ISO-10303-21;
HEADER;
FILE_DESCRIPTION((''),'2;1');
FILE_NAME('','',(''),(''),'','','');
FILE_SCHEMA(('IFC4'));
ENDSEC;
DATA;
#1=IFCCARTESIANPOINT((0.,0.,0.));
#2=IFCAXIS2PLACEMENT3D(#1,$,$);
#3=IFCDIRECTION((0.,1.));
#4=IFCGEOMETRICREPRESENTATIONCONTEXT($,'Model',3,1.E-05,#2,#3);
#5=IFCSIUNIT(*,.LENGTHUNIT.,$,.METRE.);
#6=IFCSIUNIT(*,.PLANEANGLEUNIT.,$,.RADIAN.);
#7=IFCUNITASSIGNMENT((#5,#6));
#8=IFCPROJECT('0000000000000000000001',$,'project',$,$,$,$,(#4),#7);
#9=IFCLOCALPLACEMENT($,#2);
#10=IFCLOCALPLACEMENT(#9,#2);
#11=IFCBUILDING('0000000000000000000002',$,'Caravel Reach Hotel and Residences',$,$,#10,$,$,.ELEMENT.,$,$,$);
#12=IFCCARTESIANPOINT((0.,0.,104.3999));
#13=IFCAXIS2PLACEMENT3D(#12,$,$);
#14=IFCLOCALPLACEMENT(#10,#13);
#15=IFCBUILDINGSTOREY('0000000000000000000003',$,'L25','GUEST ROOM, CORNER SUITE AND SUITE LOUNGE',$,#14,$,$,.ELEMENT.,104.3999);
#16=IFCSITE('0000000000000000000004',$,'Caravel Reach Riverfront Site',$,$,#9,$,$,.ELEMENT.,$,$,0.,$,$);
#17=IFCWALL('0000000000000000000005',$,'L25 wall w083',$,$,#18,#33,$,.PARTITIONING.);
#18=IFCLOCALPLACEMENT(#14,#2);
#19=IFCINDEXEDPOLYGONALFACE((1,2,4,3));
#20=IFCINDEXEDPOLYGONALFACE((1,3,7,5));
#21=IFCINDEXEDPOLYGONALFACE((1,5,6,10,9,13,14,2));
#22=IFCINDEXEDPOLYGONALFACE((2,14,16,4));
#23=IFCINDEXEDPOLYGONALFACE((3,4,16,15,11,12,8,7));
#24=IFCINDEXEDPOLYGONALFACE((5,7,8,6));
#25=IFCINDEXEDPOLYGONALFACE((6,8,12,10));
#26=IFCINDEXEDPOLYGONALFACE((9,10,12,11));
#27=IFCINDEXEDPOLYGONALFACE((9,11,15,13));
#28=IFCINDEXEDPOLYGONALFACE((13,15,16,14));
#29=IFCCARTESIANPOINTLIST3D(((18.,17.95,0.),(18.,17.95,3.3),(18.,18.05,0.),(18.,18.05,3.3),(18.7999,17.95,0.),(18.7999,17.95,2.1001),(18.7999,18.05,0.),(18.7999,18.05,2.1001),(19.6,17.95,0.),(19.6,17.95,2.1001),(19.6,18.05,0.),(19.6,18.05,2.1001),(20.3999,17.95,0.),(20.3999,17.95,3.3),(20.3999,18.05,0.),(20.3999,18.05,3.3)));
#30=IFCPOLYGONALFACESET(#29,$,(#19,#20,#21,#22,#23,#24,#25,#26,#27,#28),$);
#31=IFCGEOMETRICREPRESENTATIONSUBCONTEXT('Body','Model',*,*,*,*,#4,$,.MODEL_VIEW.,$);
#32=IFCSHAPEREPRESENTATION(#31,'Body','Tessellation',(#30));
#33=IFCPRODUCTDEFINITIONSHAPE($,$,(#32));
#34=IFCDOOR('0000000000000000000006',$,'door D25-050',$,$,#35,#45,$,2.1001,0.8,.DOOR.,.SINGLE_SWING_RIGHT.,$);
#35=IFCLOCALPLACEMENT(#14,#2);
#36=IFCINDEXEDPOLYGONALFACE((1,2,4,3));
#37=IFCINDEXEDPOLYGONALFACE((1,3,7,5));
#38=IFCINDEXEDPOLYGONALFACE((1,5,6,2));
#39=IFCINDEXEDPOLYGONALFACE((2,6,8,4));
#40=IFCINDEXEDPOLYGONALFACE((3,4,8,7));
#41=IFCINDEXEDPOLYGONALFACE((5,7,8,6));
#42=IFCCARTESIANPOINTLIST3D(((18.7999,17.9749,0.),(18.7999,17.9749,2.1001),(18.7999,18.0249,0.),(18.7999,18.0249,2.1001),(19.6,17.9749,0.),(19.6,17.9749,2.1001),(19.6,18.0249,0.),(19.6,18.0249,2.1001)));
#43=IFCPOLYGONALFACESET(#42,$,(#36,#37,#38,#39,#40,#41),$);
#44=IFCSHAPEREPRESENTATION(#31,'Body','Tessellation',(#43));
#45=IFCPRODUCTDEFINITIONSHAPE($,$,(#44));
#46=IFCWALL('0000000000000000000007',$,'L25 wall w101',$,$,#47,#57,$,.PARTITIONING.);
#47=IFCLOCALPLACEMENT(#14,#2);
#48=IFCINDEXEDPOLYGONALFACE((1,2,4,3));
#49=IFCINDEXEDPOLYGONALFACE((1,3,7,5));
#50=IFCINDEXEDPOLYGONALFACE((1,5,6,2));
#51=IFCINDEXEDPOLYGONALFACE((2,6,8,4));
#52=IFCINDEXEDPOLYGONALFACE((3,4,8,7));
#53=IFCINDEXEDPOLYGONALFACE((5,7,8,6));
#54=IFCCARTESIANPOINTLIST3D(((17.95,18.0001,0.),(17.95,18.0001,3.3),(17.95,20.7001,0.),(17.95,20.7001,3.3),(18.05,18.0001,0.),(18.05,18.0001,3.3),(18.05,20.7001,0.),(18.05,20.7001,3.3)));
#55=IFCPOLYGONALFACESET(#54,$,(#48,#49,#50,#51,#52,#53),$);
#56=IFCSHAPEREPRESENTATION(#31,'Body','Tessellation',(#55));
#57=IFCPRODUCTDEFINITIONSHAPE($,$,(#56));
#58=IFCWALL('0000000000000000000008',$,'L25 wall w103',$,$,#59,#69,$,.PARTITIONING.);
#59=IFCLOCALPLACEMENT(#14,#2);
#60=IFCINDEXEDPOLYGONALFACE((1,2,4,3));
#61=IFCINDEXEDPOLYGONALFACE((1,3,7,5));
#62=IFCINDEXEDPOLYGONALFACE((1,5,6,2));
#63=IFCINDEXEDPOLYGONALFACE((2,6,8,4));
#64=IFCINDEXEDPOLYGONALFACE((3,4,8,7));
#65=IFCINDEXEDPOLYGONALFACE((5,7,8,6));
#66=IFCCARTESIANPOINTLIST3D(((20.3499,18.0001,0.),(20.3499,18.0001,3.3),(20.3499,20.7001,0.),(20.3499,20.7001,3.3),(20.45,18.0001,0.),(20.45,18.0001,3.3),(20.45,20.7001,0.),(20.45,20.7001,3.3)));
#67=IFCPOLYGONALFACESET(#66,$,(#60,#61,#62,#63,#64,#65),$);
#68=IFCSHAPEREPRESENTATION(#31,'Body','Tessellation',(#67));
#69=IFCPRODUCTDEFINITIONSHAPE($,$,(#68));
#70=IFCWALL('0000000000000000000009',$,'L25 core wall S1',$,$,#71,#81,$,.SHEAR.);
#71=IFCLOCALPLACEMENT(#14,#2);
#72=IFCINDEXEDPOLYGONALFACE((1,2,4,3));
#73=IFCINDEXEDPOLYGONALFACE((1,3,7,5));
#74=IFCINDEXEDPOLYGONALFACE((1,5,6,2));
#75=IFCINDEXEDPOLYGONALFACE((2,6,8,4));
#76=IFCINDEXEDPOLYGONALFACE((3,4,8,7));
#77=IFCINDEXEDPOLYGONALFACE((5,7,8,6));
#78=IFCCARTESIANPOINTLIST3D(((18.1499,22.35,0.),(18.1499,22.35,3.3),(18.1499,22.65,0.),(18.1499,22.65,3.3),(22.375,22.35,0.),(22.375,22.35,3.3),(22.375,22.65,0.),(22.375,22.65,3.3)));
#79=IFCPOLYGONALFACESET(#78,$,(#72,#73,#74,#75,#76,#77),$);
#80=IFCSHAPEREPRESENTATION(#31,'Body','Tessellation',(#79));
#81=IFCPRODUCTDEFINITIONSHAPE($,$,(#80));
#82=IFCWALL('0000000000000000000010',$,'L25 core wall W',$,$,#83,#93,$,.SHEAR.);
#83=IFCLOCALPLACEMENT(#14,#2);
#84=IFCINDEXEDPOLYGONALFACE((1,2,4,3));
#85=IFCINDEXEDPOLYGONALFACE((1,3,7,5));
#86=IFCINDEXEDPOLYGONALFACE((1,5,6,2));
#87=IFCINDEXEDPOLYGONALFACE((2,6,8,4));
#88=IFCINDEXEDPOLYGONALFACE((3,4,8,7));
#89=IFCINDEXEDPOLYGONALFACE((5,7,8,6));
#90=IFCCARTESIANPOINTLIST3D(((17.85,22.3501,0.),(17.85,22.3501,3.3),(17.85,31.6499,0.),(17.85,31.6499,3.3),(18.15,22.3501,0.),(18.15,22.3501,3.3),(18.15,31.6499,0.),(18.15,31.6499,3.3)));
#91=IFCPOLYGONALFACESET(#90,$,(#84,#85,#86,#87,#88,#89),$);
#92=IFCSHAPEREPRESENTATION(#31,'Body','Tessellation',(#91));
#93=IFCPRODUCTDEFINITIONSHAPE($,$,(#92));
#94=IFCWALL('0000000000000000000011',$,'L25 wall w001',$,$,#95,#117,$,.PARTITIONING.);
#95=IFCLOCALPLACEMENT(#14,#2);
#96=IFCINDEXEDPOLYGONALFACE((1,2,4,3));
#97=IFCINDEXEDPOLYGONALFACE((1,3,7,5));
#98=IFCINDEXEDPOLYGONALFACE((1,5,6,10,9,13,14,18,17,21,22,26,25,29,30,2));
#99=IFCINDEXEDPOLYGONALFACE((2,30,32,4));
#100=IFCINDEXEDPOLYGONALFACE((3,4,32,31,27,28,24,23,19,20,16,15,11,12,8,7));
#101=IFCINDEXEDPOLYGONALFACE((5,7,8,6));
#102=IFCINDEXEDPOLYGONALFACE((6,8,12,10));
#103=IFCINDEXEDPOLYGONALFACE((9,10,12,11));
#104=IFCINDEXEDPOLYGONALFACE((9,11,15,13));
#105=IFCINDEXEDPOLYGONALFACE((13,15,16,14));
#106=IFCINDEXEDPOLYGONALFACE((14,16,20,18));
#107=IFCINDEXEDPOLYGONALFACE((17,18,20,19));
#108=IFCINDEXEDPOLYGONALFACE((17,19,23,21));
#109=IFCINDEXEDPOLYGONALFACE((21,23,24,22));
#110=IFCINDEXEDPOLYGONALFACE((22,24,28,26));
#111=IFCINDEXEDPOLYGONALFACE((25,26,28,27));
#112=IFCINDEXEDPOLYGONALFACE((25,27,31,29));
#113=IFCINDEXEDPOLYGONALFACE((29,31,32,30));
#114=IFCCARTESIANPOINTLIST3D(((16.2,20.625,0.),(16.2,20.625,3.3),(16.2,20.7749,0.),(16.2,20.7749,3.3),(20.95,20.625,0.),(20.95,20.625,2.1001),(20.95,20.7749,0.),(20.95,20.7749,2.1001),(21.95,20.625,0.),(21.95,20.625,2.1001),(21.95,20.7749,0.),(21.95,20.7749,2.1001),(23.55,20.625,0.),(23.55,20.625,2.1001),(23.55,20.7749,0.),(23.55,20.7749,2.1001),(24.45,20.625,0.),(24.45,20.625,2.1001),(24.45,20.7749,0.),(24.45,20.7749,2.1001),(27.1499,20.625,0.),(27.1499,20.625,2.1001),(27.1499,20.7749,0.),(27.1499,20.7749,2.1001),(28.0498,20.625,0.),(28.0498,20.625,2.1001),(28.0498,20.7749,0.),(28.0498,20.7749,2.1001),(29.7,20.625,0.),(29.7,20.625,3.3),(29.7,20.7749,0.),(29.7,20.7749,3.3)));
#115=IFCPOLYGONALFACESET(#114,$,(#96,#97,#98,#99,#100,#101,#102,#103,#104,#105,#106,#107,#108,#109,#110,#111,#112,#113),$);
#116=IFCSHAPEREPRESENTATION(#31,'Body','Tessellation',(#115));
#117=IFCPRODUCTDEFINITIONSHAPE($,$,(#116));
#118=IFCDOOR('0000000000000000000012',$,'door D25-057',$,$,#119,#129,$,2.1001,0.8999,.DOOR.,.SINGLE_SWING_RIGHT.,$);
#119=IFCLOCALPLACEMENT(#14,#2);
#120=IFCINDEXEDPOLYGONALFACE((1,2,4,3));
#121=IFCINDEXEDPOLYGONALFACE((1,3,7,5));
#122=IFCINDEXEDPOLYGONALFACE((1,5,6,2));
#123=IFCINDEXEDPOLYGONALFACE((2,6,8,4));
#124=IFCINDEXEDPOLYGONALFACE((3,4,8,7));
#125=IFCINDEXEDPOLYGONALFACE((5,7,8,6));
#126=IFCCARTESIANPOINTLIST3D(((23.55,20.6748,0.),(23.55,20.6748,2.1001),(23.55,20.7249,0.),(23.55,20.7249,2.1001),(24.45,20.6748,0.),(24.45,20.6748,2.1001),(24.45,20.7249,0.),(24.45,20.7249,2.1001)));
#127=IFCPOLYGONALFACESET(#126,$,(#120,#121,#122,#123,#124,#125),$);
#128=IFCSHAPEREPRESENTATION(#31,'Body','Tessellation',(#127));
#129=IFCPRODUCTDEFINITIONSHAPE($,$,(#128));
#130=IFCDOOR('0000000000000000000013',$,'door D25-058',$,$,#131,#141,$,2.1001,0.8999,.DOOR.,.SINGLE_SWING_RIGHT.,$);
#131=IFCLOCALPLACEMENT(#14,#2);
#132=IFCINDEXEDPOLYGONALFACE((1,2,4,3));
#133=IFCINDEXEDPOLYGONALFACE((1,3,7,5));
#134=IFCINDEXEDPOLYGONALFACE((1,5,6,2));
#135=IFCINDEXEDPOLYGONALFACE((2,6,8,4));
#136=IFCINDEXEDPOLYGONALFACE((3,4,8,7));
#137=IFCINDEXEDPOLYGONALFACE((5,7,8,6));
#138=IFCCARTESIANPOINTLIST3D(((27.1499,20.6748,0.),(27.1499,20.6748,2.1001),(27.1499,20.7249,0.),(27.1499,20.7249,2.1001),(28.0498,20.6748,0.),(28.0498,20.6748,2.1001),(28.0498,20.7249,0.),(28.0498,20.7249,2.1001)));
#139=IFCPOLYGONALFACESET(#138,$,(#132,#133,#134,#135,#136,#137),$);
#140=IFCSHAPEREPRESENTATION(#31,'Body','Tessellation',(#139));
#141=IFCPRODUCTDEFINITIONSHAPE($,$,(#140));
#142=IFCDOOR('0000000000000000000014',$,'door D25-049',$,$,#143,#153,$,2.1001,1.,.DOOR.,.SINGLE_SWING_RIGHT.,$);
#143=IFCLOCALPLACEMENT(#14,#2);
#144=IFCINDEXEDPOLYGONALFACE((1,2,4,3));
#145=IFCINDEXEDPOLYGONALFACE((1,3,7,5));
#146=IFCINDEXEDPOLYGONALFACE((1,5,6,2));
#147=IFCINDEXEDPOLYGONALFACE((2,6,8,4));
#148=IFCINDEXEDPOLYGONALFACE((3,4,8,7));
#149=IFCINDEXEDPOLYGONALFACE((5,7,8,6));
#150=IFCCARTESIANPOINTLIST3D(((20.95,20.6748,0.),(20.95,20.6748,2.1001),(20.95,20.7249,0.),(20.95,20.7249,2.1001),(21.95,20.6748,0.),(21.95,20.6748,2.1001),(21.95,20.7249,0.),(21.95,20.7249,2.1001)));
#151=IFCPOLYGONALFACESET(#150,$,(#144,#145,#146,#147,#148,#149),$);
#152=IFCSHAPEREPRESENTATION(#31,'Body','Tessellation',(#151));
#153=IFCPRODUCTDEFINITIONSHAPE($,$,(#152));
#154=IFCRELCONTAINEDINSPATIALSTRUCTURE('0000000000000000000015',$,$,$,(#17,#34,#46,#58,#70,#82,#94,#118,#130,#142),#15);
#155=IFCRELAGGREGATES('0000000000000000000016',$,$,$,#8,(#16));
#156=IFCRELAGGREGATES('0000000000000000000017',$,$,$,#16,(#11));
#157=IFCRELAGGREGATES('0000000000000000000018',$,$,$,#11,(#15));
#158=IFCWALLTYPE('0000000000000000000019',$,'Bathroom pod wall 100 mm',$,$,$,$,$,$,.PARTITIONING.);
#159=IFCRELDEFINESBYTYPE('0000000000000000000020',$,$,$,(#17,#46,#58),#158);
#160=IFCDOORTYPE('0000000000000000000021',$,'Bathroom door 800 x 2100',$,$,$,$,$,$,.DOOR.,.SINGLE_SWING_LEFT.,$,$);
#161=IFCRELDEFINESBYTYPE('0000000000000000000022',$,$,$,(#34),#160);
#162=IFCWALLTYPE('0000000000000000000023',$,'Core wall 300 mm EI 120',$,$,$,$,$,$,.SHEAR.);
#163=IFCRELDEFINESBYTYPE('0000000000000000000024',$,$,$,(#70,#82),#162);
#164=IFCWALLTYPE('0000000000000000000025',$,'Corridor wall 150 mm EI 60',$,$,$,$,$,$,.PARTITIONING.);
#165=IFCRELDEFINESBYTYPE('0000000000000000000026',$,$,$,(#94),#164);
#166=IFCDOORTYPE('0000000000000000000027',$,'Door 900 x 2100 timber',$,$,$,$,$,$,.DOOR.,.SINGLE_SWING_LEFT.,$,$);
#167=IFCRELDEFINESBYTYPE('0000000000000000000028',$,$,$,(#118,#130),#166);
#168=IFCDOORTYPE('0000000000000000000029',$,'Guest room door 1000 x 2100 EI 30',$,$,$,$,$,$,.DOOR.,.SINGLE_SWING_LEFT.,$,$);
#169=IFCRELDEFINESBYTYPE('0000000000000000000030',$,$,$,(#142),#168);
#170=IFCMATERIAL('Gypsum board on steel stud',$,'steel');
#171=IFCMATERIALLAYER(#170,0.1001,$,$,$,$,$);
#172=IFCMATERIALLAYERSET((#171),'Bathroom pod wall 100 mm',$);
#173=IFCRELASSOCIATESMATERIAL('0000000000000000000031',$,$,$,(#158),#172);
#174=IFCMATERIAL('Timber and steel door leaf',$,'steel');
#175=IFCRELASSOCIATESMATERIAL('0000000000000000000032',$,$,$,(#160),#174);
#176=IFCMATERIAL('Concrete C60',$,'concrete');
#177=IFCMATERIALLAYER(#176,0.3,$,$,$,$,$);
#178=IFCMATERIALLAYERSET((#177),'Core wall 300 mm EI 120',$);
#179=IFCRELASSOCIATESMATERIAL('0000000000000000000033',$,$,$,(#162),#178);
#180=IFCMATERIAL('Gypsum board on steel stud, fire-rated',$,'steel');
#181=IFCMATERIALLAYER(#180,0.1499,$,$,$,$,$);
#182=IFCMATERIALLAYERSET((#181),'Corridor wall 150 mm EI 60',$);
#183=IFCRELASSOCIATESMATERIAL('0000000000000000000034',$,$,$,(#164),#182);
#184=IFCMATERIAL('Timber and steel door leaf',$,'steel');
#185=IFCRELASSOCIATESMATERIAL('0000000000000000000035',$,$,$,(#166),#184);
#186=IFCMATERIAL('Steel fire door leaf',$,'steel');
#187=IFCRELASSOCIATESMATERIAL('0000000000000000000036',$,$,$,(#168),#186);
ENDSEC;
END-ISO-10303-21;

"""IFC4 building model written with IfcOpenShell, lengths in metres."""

from ifc_helpers import new_model, si_unit, direction, frame, frame_2d, origin, place, context, subcontext, project, spatial, rectangle, extrude, material, layer, layer_set, type_object, element, fill, save


model = new_model("IFC4")

# Units and contexts
model_context = context("Model", 3, precision=1e-05, world=origin(), true_north=direction((0.0, 1.0)))
body_context = subcontext(model_context, "Body", "Model", "MODEL_VIEW")
ifc_project = project(units=[si_unit("LENGTHUNIT", "METRE"), si_unit("PLANEANGLEUNIT", "RADIAN")], contexts=[model_context])

# Site, building, storey
site_placement = place(None, origin())
site = spatial("IfcSite", under=ifc_project, at=site_placement, Name="Caravel Reach Riverfront Site", CompositionType="ELEMENT", RefElevation=0.0)
building_placement = place(site_placement, origin())
building = spatial("IfcBuilding", under=site, at=building_placement, Name="Caravel Reach Hotel and Residences", CompositionType="ELEMENT")
storey_placement = place(building_placement, frame((0.0, 0.0, 104.3999)))
storey = spatial("IfcBuildingStorey", under=building, at=storey_placement, Name="L25", Description="GUEST ROOM, CORNER SUITE AND SUITE LOUNGE", CompositionType="ELEMENT", Elevation=104.3999)

# Wall, opening, door
ifc_material_1 = material(Name="Gypsum board on steel stud", Category="steel")
ifc_layer_1 = layer(ifc_material_1, 0.1001)
ifc_layer_set_1 = layer_set([ifc_layer_1], Name="Bathroom pod wall 100 mm")
wall_type_1 = type_object("IfcWallType", Name="Bathroom pod wall 100 mm", PredefinedType="PARTITIONING", material=ifc_layer_set_1)
wall_1_placement = place(storey_placement, frame((18.0, 18.0, 0.0), z_axis=(0.0, 0.0, 1.0), x_axis=(1.0, 0.0, 0.0)))
wall_1 = element("IfcWall", 1, at=wall_1_placement, inside=storey, type_object=wall_type_1, Name="L25 wall w083", PredefinedType="PARTITIONING", context=body_context, shape_type="SweptSolid", body=[
    extrude(rectangle(XDim=2.3999, YDim=0.1001, at=frame_2d((1.2, 0.0))), origin(), (0.0, 0.0, 1.0), 3.3),
])
opening_1_placement = place(wall_1_placement, frame((0.8, 0.0, 0.0)))
opening_1 = element("IfcOpeningElement", 2, at=opening_1_placement, cuts=wall_1, PredefinedType="OPENING", context=body_context, shape_type="SweptSolid", body=[
    extrude(rectangle(XDim=0.8, YDim=2.1001, at=frame_2d((0.3999, 1.05))), frame((0.0, 0.0601, 0.0), z_axis=(0.0, -1.0, 0.0), x_axis=(1.0, 0.0, 0.0)), (0.0, 0.0, 1.0), 0.1201),
])
ifc_material_2 = material(Name="Timber and steel door leaf", Category="steel")
door_type_1 = type_object("IfcDoorType", Name="Bathroom door 800 x 2100", OperationType="SINGLE_SWING_LEFT", PredefinedType="DOOR", material=ifc_material_2)
door_1_placement = place(opening_1_placement, origin())
door_1 = element("IfcDoor", 3, at=door_1_placement, inside=storey, type_object=door_type_1, Name="door D25-050", OperationType="SINGLE_SWING_RIGHT", OverallHeight=2.1001, OverallWidth=0.8, PredefinedType="DOOR", context=body_context, shape_type="SweptSolid", body=[
    extrude(rectangle(XDim=0.8, YDim=2.1001, at=frame_2d((0.3999, 1.05))), frame((0.0, 0.0249, 0.0), z_axis=(0.0, -1.0, 0.0), x_axis=(1.0, 0.0, 0.0)), (0.0, 0.0, 1.0), 0.05),
])
fill(opening_1, door_1)

# Walls
for number, where, z_axis, x_axis, name in (
    (4, (18.0, 18.0, 0.0), (0.0, 0.0, 1.0), (0.0, 1.0, 0.0), "L25 wall w101"),
    (5, (20.3999, 18.0, 0.0), (0.0, 0.0, 1.0), (0.0, 1.0, 0.0), "L25 wall w103"),
):
    element("IfcWall", number, at=place(storey_placement, frame(where, z_axis=z_axis, x_axis=x_axis)), inside=storey, type_object=wall_type_1, Name=name, PredefinedType="PARTITIONING", context=body_context, shape_type="SweptSolid", body=[
        extrude(rectangle(XDim=2.7, YDim=0.1001, at=frame_2d((1.3501, 0.0))), origin(), (0.0, 0.0, 1.0), 3.3),
    ])
ifc_material_3 = material(Name="Concrete C60", Category="concrete")
ifc_layer_2 = layer(ifc_material_3, 0.3)
ifc_layer_set_2 = layer_set([ifc_layer_2], Name="Core wall 300 mm EI 120")
wall_type_2 = type_object("IfcWallType", Name="Core wall 300 mm EI 120", PredefinedType="SHEAR", material=ifc_layer_set_2)
wall_2_placement = place(storey_placement, frame((18.1499, 22.5, 0.0), z_axis=(0.0, 0.0, 1.0), x_axis=(1.0, 0.0, 0.0)))
element("IfcWall", 6, at=wall_2_placement, inside=storey, type_object=wall_type_2, Name="L25 core wall S1", PredefinedType="SHEAR", context=body_context, shape_type="SweptSolid", body=[
    extrude(rectangle(XDim=4.2251, YDim=0.3, at=frame_2d((2.1125, 0.0))), origin(), (0.0, 0.0, 1.0), 3.3),
])
wall_3_placement = place(storey_placement, frame((18.0, 22.3501, 0.0), z_axis=(0.0, 0.0, 1.0), x_axis=(0.0, 1.0, 0.0)))
element("IfcWall", 7, at=wall_3_placement, inside=storey, type_object=wall_type_2, Name="L25 core wall W", PredefinedType="SHEAR", context=body_context, shape_type="SweptSolid", body=[
    extrude(rectangle(XDim=9.2998, YDim=0.3, at=frame_2d((4.6499, 0.0))), origin(), (0.0, 0.0, 1.0), 3.3),
])

# Wall, openings, doors
ifc_material_4 = material(Name="Gypsum board on steel stud, fire-rated", Category="steel")
ifc_layer_3 = layer(ifc_material_4, 0.1499)
ifc_layer_set_3 = layer_set([ifc_layer_3], Name="Corridor wall 150 mm EI 60")
wall_type_3 = type_object("IfcWallType", Name="Corridor wall 150 mm EI 60", PredefinedType="PARTITIONING", material=ifc_layer_set_3)
wall_4_placement = place(storey_placement, frame((16.2, 20.7, 0.0), z_axis=(0.0, 0.0, 1.0), x_axis=(1.0, 0.0, 0.0)))
wall_4 = element("IfcWall", 8, at=wall_4_placement, inside=storey, type_object=wall_type_3, Name="L25 wall w001", PredefinedType="PARTITIONING", context=body_context, shape_type="SweptSolid", body=[
    extrude(rectangle(XDim=13.5, YDim=0.1499, at=frame_2d((6.75, 0.0))), origin(), (0.0, 0.0, 1.0), 3.3),
])
opening_2_placement = place(wall_4_placement, frame((4.75, 0.0, 0.0)))
opening_2 = element("IfcOpeningElement", 9, at=opening_2_placement, cuts=wall_4, PredefinedType="OPENING", context=body_context, shape_type="SweptSolid", body=[
    extrude(rectangle(XDim=1.0, YDim=2.1001, at=frame_2d((0.5, 1.05))), frame((0.0, 0.085, 0.0), z_axis=(0.0, -1.0, 0.0), x_axis=(1.0, 0.0, 0.0)), (0.0, 0.0, 1.0), 0.1699),
])
opening_3_placement = place(wall_4_placement, frame((7.3501, 0.0, 0.0)))
opening_3 = element("IfcOpeningElement", 10, at=opening_3_placement, cuts=wall_4, PredefinedType="OPENING", context=body_context, shape_type="SweptSolid", body=[
    extrude(rectangle(XDim=0.8999, YDim=2.1001, at=frame_2d((0.45, 1.05))), frame((0.0, 0.085, 0.0), z_axis=(0.0, -1.0, 0.0), x_axis=(1.0, 0.0, 0.0)), (0.0, 0.0, 1.0), 0.1699),
])
opening_4_placement = place(wall_4_placement, frame((10.95, 0.0, 0.0)))
opening_4 = element("IfcOpeningElement", 11, at=opening_4_placement, cuts=wall_4, PredefinedType="OPENING", context=body_context, shape_type="SweptSolid", body=[
    extrude(rectangle(XDim=0.8999, YDim=2.1001, at=frame_2d((0.45, 1.05))), frame((0.0, 0.085, 0.0), z_axis=(0.0, -1.0, 0.0), x_axis=(1.0, 0.0, 0.0)), (0.0, 0.0, 1.0), 0.1699),
])
ifc_material_5 = material(Name="Timber and steel door leaf", Category="steel")
door_type_2 = type_object("IfcDoorType", Name="Door 900 x 2100 timber", OperationType="SINGLE_SWING_LEFT", PredefinedType="DOOR", material=ifc_material_5)
door_2_placement = place(opening_3_placement, origin())
door_2 = element("IfcDoor", 12, at=door_2_placement, inside=storey, type_object=door_type_2, Name="door D25-057", OperationType="SINGLE_SWING_RIGHT", OverallHeight=2.1001, OverallWidth=0.8999, PredefinedType="DOOR", context=body_context, shape_type="SweptSolid", body=[
    extrude(rectangle(XDim=0.8999, YDim=2.1001, at=frame_2d((0.45, 1.05))), frame((0.0, 0.0249, 0.0), z_axis=(0.0, -1.0, 0.0), x_axis=(1.0, 0.0, 0.0)), (0.0, 0.0, 1.0), 0.05),
])
fill(opening_3, door_2)
door_3_placement = place(opening_4_placement, origin())
door_3 = element("IfcDoor", 13, at=door_3_placement, inside=storey, type_object=door_type_2, Name="door D25-058", OperationType="SINGLE_SWING_RIGHT", OverallHeight=2.1001, OverallWidth=0.8999, PredefinedType="DOOR", context=body_context, shape_type="SweptSolid", body=[
    extrude(rectangle(XDim=0.8999, YDim=2.1001, at=frame_2d((0.45, 1.05))), frame((0.0, 0.0249, 0.0), z_axis=(0.0, -1.0, 0.0), x_axis=(1.0, 0.0, 0.0)), (0.0, 0.0, 1.0), 0.05),
])
fill(opening_4, door_3)
ifc_material_6 = material(Name="Steel fire door leaf", Category="steel")
door_type_3 = type_object("IfcDoorType", Name="Guest room door 1000 x 2100 EI 30", OperationType="SINGLE_SWING_LEFT", PredefinedType="DOOR", material=ifc_material_6)
door_4_placement = place(opening_2_placement, origin())
door_4 = element("IfcDoor", 14, at=door_4_placement, inside=storey, type_object=door_type_3, Name="door D25-049", OperationType="SINGLE_SWING_RIGHT", OverallHeight=2.1001, OverallWidth=1.0, PredefinedType="DOOR", context=body_context, shape_type="SweptSolid", body=[
    extrude(rectangle(XDim=1.0, YDim=2.1001, at=frame_2d((0.5, 1.05))), frame((0.0, 0.0249, 0.0), z_axis=(0.0, -1.0, 0.0), x_axis=(1.0, 0.0, 0.0)), (0.0, 0.0, 1.0), 0.05),
])
fill(opening_2, door_4)

save(model, "model.ifc")
